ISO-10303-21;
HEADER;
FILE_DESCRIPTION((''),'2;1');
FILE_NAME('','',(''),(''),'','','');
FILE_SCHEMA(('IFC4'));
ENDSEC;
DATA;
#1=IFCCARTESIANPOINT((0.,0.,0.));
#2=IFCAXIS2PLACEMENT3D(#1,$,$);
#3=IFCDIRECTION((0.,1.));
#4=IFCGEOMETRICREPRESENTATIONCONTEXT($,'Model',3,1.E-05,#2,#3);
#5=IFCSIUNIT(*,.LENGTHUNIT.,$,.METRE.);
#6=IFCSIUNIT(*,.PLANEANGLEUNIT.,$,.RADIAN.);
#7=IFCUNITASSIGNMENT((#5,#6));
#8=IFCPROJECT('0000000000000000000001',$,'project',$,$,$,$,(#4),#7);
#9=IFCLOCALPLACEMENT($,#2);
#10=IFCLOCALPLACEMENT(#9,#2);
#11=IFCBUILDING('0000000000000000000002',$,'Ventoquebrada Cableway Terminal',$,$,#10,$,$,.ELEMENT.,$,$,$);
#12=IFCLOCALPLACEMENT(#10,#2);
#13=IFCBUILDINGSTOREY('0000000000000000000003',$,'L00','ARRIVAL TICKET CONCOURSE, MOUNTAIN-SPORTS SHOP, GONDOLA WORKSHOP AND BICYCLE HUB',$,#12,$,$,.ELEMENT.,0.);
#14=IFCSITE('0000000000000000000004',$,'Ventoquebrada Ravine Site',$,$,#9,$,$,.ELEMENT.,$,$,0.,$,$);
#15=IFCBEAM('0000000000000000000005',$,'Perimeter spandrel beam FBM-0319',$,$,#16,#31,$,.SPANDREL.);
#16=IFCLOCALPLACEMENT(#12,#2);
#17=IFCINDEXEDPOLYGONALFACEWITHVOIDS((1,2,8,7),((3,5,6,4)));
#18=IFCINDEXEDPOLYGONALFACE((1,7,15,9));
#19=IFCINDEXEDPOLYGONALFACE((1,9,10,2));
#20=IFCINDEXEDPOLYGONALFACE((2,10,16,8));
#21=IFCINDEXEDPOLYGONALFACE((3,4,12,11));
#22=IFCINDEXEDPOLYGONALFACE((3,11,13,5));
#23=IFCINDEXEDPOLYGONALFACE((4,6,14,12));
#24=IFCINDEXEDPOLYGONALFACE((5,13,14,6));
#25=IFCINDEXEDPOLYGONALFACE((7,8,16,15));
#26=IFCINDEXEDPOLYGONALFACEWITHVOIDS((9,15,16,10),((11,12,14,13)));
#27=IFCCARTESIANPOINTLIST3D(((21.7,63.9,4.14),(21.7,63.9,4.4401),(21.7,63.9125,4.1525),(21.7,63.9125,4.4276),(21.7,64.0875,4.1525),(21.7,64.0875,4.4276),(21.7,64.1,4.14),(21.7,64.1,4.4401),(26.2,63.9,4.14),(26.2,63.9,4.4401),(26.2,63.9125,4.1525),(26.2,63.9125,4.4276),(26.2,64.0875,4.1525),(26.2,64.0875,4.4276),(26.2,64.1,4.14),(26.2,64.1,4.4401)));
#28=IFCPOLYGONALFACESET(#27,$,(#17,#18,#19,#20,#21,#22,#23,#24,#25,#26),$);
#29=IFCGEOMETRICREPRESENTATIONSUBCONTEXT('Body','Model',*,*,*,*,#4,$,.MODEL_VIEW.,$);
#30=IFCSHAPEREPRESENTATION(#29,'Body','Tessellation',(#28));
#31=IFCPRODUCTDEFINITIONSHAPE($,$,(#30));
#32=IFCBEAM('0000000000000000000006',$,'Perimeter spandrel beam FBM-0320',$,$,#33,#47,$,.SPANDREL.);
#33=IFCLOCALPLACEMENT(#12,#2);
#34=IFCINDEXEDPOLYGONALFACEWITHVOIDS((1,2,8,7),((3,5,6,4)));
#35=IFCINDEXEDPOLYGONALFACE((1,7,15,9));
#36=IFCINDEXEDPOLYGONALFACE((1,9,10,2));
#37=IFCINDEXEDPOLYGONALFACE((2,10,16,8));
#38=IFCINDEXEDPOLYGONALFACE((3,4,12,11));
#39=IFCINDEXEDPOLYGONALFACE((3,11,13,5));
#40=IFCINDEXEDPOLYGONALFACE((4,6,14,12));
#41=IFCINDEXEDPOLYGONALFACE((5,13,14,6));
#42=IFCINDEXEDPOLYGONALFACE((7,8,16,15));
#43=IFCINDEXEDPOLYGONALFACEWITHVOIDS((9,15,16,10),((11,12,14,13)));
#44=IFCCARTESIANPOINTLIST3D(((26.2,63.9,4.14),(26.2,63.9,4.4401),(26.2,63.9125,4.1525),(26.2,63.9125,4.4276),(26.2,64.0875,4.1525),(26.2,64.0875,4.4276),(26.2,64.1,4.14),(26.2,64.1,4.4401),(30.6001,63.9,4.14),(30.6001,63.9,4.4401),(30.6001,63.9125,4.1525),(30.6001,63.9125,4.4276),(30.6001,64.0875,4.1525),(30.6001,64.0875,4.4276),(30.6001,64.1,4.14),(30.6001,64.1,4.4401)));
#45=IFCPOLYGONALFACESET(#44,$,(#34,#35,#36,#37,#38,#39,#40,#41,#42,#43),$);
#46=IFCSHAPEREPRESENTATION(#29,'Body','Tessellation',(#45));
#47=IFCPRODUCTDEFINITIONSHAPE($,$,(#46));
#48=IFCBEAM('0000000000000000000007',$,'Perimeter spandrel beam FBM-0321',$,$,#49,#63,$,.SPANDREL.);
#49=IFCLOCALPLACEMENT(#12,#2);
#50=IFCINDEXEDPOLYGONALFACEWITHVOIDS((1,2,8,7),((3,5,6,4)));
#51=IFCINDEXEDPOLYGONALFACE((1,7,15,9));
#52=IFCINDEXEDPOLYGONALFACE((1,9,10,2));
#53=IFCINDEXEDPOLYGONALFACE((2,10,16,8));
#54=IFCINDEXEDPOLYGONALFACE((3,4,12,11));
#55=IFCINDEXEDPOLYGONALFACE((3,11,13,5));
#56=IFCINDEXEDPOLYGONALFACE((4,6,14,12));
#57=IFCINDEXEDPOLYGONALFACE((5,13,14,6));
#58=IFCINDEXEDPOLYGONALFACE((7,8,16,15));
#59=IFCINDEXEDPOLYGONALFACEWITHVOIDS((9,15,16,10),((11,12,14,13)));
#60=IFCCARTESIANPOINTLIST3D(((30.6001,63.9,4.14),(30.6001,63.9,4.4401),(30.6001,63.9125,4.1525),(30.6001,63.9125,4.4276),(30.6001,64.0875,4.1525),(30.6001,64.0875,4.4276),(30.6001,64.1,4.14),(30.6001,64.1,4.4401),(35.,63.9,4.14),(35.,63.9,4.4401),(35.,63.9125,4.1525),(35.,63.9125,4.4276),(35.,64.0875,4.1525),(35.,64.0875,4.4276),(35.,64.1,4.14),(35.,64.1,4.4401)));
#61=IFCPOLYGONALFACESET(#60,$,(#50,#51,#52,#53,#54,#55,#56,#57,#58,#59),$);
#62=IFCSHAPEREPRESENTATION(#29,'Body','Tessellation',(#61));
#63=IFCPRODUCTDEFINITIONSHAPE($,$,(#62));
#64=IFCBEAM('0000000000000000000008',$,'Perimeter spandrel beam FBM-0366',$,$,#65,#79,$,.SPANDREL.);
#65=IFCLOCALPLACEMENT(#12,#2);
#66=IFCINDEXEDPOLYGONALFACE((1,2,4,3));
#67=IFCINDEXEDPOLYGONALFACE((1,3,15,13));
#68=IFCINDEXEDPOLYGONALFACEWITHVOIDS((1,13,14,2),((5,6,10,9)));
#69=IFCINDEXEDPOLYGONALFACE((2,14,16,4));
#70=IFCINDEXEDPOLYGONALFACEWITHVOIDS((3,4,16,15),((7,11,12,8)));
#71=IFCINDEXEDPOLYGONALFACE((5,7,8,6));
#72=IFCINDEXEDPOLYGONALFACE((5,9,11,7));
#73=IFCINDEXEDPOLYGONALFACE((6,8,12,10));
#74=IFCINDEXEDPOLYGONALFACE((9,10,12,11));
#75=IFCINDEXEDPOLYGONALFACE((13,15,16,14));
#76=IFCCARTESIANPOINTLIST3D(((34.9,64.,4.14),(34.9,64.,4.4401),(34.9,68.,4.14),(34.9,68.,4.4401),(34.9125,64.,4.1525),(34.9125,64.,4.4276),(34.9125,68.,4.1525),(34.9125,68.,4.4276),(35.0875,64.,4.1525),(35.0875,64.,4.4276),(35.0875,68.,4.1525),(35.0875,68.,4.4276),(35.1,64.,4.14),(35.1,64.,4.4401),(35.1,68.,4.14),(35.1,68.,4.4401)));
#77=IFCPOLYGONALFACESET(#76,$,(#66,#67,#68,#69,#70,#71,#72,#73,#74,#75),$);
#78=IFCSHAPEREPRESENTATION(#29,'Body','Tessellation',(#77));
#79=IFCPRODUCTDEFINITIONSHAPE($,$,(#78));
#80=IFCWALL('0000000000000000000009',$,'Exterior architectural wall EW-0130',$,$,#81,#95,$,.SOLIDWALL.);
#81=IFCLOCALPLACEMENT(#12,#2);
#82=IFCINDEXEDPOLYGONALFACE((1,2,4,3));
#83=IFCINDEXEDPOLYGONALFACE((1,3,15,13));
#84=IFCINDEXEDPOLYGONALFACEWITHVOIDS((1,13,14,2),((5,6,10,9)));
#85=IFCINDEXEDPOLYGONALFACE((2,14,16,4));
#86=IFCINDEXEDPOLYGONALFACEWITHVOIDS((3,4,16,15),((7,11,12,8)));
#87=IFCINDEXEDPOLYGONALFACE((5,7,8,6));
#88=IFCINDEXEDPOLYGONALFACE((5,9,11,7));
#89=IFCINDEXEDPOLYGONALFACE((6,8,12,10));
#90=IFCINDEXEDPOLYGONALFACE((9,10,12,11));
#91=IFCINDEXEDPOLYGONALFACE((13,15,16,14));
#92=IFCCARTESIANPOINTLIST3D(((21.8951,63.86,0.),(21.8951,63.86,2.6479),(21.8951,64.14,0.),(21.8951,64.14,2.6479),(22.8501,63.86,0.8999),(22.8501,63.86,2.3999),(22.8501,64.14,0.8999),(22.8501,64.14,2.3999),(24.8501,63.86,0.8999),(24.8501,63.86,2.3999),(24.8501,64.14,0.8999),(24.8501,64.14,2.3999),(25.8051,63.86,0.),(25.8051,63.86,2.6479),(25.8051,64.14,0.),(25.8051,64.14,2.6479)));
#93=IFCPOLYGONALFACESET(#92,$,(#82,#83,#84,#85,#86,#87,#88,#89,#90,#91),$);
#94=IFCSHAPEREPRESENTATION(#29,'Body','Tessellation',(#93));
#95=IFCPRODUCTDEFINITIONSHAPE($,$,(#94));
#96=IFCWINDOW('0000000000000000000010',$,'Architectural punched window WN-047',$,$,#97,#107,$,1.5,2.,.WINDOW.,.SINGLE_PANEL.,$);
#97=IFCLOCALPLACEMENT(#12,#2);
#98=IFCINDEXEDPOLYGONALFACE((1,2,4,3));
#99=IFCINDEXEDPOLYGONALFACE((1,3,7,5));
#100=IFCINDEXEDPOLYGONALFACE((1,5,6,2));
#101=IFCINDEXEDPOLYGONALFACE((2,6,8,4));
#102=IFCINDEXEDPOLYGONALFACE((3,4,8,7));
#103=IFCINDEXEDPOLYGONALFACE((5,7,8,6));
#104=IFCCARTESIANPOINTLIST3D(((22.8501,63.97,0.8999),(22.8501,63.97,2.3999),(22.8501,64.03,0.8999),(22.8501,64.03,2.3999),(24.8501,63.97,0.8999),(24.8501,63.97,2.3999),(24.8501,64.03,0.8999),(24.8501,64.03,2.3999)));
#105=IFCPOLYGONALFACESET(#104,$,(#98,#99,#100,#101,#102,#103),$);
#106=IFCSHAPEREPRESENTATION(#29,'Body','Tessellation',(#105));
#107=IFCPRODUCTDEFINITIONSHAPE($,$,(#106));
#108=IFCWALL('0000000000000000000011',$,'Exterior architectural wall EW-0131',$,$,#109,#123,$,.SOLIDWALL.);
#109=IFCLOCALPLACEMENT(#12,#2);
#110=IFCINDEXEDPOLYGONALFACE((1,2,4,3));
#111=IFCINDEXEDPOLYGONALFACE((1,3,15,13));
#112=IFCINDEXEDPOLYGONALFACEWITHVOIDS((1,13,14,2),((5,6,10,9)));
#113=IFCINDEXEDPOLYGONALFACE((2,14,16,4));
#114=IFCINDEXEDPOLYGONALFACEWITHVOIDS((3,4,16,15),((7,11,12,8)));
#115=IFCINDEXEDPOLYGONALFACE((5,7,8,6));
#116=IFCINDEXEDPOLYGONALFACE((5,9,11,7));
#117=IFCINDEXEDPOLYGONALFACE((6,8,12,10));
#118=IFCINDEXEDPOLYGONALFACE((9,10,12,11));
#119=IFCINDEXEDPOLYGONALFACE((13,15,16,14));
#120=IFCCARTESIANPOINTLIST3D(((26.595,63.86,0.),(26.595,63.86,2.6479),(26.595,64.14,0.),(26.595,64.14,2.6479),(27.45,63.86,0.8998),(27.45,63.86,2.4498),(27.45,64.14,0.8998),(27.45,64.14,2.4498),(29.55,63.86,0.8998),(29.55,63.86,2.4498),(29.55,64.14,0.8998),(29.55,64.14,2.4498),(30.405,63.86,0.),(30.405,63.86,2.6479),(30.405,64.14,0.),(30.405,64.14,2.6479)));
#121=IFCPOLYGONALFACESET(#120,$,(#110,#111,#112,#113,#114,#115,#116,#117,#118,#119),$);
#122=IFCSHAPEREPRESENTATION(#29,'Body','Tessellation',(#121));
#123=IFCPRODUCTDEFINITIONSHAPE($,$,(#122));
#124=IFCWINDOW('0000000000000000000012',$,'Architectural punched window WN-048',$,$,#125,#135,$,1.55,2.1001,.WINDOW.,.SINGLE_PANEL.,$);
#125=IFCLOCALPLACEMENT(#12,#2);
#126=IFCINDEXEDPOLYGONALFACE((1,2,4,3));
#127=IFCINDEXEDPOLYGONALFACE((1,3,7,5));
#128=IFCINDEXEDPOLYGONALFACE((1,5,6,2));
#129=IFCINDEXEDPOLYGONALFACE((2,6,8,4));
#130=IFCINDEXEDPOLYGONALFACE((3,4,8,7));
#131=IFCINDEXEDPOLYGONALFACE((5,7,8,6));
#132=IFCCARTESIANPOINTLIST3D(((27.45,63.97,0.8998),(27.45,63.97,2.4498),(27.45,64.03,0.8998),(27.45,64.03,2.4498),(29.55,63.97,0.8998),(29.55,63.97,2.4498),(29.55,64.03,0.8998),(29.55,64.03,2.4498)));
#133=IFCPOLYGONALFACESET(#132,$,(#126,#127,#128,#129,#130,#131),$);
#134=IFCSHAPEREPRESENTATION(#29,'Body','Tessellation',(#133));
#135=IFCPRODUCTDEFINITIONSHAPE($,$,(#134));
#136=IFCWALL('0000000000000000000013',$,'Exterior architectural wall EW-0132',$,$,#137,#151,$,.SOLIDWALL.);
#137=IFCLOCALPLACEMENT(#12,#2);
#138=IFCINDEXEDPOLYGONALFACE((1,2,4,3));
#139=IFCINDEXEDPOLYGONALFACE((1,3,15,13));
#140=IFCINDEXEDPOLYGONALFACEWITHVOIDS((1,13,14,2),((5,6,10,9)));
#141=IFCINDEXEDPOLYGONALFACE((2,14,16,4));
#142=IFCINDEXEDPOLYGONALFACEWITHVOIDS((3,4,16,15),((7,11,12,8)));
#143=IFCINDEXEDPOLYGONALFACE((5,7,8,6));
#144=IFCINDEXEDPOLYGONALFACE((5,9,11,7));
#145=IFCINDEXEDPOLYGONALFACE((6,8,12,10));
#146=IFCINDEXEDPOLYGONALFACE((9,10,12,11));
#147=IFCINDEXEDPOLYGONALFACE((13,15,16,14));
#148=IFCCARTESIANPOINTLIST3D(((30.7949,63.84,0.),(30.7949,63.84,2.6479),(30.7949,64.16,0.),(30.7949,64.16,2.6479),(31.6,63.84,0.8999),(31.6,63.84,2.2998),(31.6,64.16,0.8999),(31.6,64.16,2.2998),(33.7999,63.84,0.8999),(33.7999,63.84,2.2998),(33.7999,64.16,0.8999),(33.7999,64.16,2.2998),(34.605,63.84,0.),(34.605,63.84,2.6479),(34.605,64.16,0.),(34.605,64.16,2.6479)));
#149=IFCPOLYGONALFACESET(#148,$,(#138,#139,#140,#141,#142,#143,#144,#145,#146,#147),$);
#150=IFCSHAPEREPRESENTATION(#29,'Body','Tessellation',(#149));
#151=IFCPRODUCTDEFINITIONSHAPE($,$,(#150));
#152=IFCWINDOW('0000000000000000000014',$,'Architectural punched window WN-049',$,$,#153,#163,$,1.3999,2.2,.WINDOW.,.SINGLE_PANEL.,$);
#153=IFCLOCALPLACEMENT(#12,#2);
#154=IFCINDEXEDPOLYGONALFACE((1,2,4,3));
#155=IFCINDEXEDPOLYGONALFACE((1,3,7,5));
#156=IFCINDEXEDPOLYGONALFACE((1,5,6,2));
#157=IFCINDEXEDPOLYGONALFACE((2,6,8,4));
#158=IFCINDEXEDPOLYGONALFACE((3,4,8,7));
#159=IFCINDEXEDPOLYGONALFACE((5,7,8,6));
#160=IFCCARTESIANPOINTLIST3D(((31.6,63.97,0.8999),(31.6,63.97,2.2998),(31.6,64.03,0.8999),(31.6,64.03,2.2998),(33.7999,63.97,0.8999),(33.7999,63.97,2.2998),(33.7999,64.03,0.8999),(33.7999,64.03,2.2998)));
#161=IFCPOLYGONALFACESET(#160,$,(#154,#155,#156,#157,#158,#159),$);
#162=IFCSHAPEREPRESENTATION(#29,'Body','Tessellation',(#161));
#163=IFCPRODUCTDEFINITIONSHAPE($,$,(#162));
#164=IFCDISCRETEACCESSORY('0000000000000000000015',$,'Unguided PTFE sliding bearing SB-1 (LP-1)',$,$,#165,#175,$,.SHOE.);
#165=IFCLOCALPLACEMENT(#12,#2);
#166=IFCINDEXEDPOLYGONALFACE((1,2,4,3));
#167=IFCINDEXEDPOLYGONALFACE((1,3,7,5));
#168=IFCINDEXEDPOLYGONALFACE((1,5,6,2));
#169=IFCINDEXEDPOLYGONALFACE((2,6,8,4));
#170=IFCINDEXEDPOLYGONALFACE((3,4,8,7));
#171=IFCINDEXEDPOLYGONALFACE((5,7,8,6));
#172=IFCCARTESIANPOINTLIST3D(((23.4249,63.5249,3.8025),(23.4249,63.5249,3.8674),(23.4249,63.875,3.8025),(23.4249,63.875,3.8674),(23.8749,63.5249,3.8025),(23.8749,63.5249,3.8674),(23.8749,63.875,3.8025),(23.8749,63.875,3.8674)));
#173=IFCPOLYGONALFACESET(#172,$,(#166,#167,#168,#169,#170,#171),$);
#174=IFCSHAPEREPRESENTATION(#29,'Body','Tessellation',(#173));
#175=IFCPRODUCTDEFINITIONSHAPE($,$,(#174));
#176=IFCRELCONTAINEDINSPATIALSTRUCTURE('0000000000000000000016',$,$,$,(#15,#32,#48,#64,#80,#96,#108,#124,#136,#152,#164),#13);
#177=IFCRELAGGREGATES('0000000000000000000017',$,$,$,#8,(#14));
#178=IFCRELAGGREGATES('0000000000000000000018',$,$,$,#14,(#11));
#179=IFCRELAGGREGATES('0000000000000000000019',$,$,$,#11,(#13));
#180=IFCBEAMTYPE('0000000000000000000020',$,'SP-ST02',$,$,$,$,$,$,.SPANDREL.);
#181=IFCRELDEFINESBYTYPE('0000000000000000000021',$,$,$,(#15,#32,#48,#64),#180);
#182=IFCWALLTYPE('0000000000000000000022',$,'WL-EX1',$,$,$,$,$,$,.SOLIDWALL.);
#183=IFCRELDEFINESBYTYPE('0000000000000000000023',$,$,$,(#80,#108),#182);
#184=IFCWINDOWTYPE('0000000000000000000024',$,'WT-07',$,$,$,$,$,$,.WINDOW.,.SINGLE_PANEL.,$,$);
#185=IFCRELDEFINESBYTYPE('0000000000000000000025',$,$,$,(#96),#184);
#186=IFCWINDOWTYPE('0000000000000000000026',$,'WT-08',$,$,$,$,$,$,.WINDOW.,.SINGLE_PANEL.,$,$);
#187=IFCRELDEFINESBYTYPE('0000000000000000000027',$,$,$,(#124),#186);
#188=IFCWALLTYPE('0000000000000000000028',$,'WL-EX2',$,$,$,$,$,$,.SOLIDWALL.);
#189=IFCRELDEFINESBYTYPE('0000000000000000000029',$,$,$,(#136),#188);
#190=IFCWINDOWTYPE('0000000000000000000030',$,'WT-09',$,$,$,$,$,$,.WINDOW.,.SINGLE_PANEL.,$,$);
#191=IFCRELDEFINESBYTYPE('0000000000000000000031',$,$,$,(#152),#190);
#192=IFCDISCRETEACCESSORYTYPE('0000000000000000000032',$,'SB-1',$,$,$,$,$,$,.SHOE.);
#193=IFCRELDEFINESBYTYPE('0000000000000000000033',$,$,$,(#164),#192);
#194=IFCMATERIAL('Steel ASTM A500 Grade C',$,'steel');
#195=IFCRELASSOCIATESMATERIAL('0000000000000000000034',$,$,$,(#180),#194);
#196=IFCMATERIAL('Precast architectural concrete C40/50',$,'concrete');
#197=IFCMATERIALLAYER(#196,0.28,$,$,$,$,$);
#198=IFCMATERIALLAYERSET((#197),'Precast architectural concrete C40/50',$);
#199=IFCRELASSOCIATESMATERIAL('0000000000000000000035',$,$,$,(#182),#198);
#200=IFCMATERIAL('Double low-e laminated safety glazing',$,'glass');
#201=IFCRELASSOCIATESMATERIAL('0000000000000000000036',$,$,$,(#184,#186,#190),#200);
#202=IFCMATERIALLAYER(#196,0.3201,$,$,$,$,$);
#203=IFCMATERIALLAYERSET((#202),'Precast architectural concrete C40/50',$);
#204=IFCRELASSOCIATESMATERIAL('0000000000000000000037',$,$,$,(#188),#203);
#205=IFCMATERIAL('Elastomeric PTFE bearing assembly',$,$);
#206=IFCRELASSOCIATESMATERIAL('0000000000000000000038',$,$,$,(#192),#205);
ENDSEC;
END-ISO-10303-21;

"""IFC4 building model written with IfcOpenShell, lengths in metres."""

from ifc_helpers import new_model, si_unit, direction, frame, frame_2d, origin, origin_2d, place, context, subcontext, project, spatial, rectangle, hollow_rectangle, extrude, material, layer, layer_set, material_profile, profile_set, type_object, element, fill, save


model = new_model("IFC4")

# Units and contexts
model_context = context("Model", 3, precision=1e-05, world=origin(), true_north=direction((0.0, 1.0)))
body_context = subcontext(model_context, "Body", "Model", "MODEL_VIEW")
ifc_project = project(units=[si_unit("LENGTHUNIT", "METRE"), si_unit("PLANEANGLEUNIT", "RADIAN")], contexts=[model_context])

# Site, building, storey
site_placement = place(None, origin())
site = spatial("IfcSite", under=ifc_project, at=site_placement, Name="Ventoquebrada Ravine Site", CompositionType="ELEMENT", RefElevation=0.0)
building_placement = place(site_placement, origin())
building = spatial("IfcBuilding", under=site, at=building_placement, Name="Ventoquebrada Cableway Terminal", CompositionType="ELEMENT")
storey_placement = place(building_placement, origin())
storey = spatial("IfcBuildingStorey", under=building, at=storey_placement, Name="L00", Description="ARRIVAL TICKET CONCOURSE, MOUNTAIN-SPORTS SHOP, GONDOLA WORKSHOP AND BICYCLE HUB", CompositionType="ELEMENT", Elevation=0.0)

# Shared definitions
ifc_material_1 = material(Name="Steel ASTM A500 Grade C", Category="steel")

# Beams
ifc_material_profile_1 = material_profile(ifc_material_1, hollow_rectangle(XDim=0.2, YDim=0.3, WallThickness=0.0125, at=origin_2d()), Name="RHS300X200X12.5")
ifc_profile_set_1 = profile_set([ifc_material_profile_1], Name="Steel ASTM A500 Grade C")
beam_type_1 = type_object("IfcBeamType", Name="SP-ST02", PredefinedType="SPANDREL", material=ifc_profile_set_1)
beam_1_placement = place(storey_placement, frame((21.7, 64.0, 4.29), z_axis=(1.0, 0.0, 0.0), x_axis=(0.0, 1.0, 0.0)))
element("IfcBeam", 1, at=beam_1_placement, inside=storey, type_object=beam_type_1, Name="Perimeter spandrel beam FBM-0319", PredefinedType="SPANDREL", context=body_context, shape_type="SweptSolid", body=[
    extrude(hollow_rectangle(XDim=0.2, YDim=0.3, WallThickness=0.0125, at=origin_2d()), origin(), (0.0, 0.0, 1.0), 4.5),
])
beam_2_placement = place(storey_placement, frame((26.2, 64.0, 4.29), z_axis=(1.0, 0.0, 0.0), x_axis=(0.0, 1.0, 0.0)))
element("IfcBeam", 2, at=beam_2_placement, inside=storey, type_object=beam_type_1, Name="Perimeter spandrel beam FBM-0320", PredefinedType="SPANDREL", context=body_context, shape_type="SweptSolid", body=[
    extrude(hollow_rectangle(XDim=0.2, YDim=0.3, WallThickness=0.0125, at=origin_2d()), origin(), (0.0, 0.0, 1.0), 4.4001),
])
beam_3_placement = place(storey_placement, frame((30.6001, 64.0, 4.29), z_axis=(1.0, 0.0, 0.0), x_axis=(0.0, 1.0, 0.0)))
element("IfcBeam", 3, at=beam_3_placement, inside=storey, type_object=beam_type_1, Name="Perimeter spandrel beam FBM-0321", PredefinedType="SPANDREL", context=body_context, shape_type="SweptSolid", body=[
    extrude(hollow_rectangle(XDim=0.2, YDim=0.3, WallThickness=0.0125, at=origin_2d()), origin(), (0.0, 0.0, 1.0), 4.3999),
])
beam_4_placement = place(storey_placement, frame((35.0, 64.0, 4.29), z_axis=(0.0, 1.0, 0.0), x_axis=(-1.0, 0.0, 0.0)))
element("IfcBeam", 4, at=beam_4_placement, inside=storey, type_object=beam_type_1, Name="Perimeter spandrel beam FBM-0366", PredefinedType="SPANDREL", context=body_context, shape_type="SweptSolid", body=[
    extrude(hollow_rectangle(XDim=0.2, YDim=0.3, WallThickness=0.0125, at=origin_2d()), origin(), (0.0, 0.0, 1.0), 4.0),
])

# Walls, openings, windows
ifc_material_2 = material(Name="Precast architectural concrete C40/50", Category="concrete")
ifc_layer_1 = layer(ifc_material_2, 0.28)
ifc_layer_set_1 = layer_set([ifc_layer_1], Name="Precast architectural concrete C40/50")
wall_type_1 = type_object("IfcWallType", Name="WL-EX1", PredefinedType="SOLIDWALL", material=ifc_layer_set_1)
wall_1_placement = place(storey_placement, frame((21.895, 64.0, 0.0), z_axis=(0.0, 0.0, 1.0), x_axis=(1.0, 0.0, 0.0)))
wall_1 = element("IfcWall", 5, at=wall_1_placement, inside=storey, type_object=wall_type_1, Name="Exterior architectural wall EW-0130", PredefinedType="SOLIDWALL", context=body_context, shape_type="SweptSolid", body=[
    extrude(rectangle(XDim=3.9099, YDim=0.28, at=frame_2d((1.9551, 0.0))), origin(), (0.0, 0.0, 1.0), 2.6479),
])
opening_1_placement = place(wall_1_placement, frame((0.9551, 0.0, 0.8999)))
opening_1 = element("IfcOpeningElement", 6, at=opening_1_placement, cuts=wall_1, PredefinedType="OPENING", context=body_context, shape_type="SweptSolid", body=[
    extrude(rectangle(XDim=2.0, YDim=1.5, at=frame_2d((1.0, 0.75))), frame((0.0, 0.1499, 0.0), z_axis=(0.0, -1.0, 0.0), x_axis=(1.0, 0.0, 0.0)), (0.0, 0.0, 1.0), 0.3),
])
ifc_material_3 = material(Name="Double low-e laminated safety glazing", Category="glass")
window_type_1 = type_object("IfcWindowType", Name="WT-07", PartitioningType="SINGLE_PANEL", PredefinedType="WINDOW", material=ifc_material_3)
window_1_placement = place(opening_1_placement, origin())
window_1 = element("IfcWindow", 7, at=window_1_placement, inside=storey, type_object=window_type_1, Name="Architectural punched window WN-047", OverallHeight=1.5, OverallWidth=2.0, PartitioningType="SINGLE_PANEL", PredefinedType="WINDOW", context=body_context, shape_type="SweptSolid", body=[
    extrude(rectangle(XDim=2.0, YDim=1.5, at=frame_2d((1.0, 0.75))), frame((0.0, 0.03, 0.0), z_axis=(0.0, -1.0, 0.0), x_axis=(1.0, 0.0, 0.0)), (0.0, 0.0, 1.0), 0.0601),
])
fill(opening_1, window_1)
wall_2_placement = place(storey_placement, frame((26.595, 64.0, 0.0), z_axis=(0.0, 0.0, 1.0), x_axis=(1.0, 0.0, 0.0)))
wall_2 = element("IfcWall", 8, at=wall_2_placement, inside=storey, type_object=wall_type_1, Name="Exterior architectural wall EW-0131", PredefinedType="SOLIDWALL", context=body_context, shape_type="SweptSolid", body=[
    extrude(rectangle(XDim=3.8101, YDim=0.28, at=frame_2d((1.905, 0.0))), origin(), (0.0, 0.0, 1.0), 2.6479),
])
opening_2_placement = place(wall_2_placement, frame((0.855, 0.0, 0.8999)))
opening_2 = element("IfcOpeningElement", 9, at=opening_2_placement, cuts=wall_2, PredefinedType="OPENING", context=body_context, shape_type="SweptSolid", body=[
    extrude(rectangle(XDim=2.1001, YDim=1.55, at=frame_2d((1.05, 0.7749))), frame((0.0, 0.1499, 0.0), z_axis=(0.0, -1.0, 0.0), x_axis=(1.0, 0.0, 0.0)), (0.0, 0.0, 1.0), 0.3),
])
window_type_2 = type_object("IfcWindowType", Name="WT-08", PartitioningType="SINGLE_PANEL", PredefinedType="WINDOW", material=ifc_material_3)
window_2_placement = place(opening_2_placement, origin())
window_2 = element("IfcWindow", 10, at=window_2_placement, inside=storey, type_object=window_type_2, Name="Architectural punched window WN-048", OverallHeight=1.55, OverallWidth=2.1001, PartitioningType="SINGLE_PANEL", PredefinedType="WINDOW", context=body_context, shape_type="SweptSolid", body=[
    extrude(rectangle(XDim=2.1001, YDim=1.55, at=frame_2d((1.05, 0.7749))), frame((0.0, 0.03, 0.0), z_axis=(0.0, -1.0, 0.0), x_axis=(1.0, 0.0, 0.0)), (0.0, 0.0, 1.0), 0.0601),
])
fill(opening_2, window_2)
ifc_layer_2 = layer(ifc_material_2, 0.3201)
ifc_layer_set_2 = layer_set([ifc_layer_2], Name="Precast architectural concrete C40/50")
wall_type_2 = type_object("IfcWallType", Name="WL-EX2", PredefinedType="SOLIDWALL", material=ifc_layer_set_2)
wall_3_placement = place(storey_placement, frame((30.7949, 64.0, 0.0), z_axis=(0.0, 0.0, 1.0), x_axis=(1.0, 0.0, 0.0)))
wall_3 = element("IfcWall", 11, at=wall_3_placement, inside=storey, type_object=wall_type_2, Name="Exterior architectural wall EW-0132", PredefinedType="SOLIDWALL", context=body_context, shape_type="SweptSolid", body=[
    extrude(rectangle(XDim=3.8101, YDim=0.3201, at=frame_2d((1.905, 0.0))), origin(), (0.0, 0.0, 1.0), 2.6479),
])
opening_3_placement = place(wall_3_placement, frame((0.8049, 0.0, 0.8999)))
opening_3 = element("IfcOpeningElement", 12, at=opening_3_placement, cuts=wall_3, PredefinedType="OPENING", context=body_context, shape_type="SweptSolid", body=[
    extrude(rectangle(XDim=2.2, YDim=1.3999, at=frame_2d((1.1001, 0.7))), frame((0.0, 0.1699, 0.0), z_axis=(0.0, -1.0, 0.0), x_axis=(1.0, 0.0, 0.0)), (0.0, 0.0, 1.0), 0.3401),
])
window_type_3 = type_object("IfcWindowType", Name="WT-09", PartitioningType="SINGLE_PANEL", PredefinedType="WINDOW", material=ifc_material_3)
window_3_placement = place(opening_3_placement, origin())
window_3 = element("IfcWindow", 13, at=window_3_placement, inside=storey, type_object=window_type_3, Name="Architectural punched window WN-049", OverallHeight=1.3999, OverallWidth=2.2, PartitioningType="SINGLE_PANEL", PredefinedType="WINDOW", context=body_context, shape_type="SweptSolid", body=[
    extrude(rectangle(XDim=2.2, YDim=1.3999, at=frame_2d((1.1001, 0.7))), frame((0.0, 0.03, 0.0), z_axis=(0.0, -1.0, 0.0), x_axis=(1.0, 0.0, 0.0)), (0.0, 0.0, 1.0), 0.0601),
])
fill(opening_3, window_3)

# Discrete accessory
ifc_material_4 = material(Name="Elastomeric PTFE bearing assembly")
discrete_accessory_type = type_object("IfcDiscreteAccessoryType", Name="SB-1", PredefinedType="SHOE", material=ifc_material_4)
discrete_accessory_placement = place(storey_placement, frame((23.6499, 63.7, 3.8025), z_axis=(0.0, 0.0, 1.0), x_axis=(1.0, 0.0, 0.0)))
element("IfcDiscreteAccessory", 14, at=discrete_accessory_placement, inside=storey, type_object=discrete_accessory_type, Name="Unguided PTFE sliding bearing SB-1 (LP-1)", PredefinedType="SHOE", context=body_context, shape_type="SweptSolid", body=[
    extrude(rectangle(XDim=0.45, YDim=0.3501, at=origin_2d()), origin(), (0.0, 0.0, 1.0), 0.0649),
])

save(model, "model.ifc")
